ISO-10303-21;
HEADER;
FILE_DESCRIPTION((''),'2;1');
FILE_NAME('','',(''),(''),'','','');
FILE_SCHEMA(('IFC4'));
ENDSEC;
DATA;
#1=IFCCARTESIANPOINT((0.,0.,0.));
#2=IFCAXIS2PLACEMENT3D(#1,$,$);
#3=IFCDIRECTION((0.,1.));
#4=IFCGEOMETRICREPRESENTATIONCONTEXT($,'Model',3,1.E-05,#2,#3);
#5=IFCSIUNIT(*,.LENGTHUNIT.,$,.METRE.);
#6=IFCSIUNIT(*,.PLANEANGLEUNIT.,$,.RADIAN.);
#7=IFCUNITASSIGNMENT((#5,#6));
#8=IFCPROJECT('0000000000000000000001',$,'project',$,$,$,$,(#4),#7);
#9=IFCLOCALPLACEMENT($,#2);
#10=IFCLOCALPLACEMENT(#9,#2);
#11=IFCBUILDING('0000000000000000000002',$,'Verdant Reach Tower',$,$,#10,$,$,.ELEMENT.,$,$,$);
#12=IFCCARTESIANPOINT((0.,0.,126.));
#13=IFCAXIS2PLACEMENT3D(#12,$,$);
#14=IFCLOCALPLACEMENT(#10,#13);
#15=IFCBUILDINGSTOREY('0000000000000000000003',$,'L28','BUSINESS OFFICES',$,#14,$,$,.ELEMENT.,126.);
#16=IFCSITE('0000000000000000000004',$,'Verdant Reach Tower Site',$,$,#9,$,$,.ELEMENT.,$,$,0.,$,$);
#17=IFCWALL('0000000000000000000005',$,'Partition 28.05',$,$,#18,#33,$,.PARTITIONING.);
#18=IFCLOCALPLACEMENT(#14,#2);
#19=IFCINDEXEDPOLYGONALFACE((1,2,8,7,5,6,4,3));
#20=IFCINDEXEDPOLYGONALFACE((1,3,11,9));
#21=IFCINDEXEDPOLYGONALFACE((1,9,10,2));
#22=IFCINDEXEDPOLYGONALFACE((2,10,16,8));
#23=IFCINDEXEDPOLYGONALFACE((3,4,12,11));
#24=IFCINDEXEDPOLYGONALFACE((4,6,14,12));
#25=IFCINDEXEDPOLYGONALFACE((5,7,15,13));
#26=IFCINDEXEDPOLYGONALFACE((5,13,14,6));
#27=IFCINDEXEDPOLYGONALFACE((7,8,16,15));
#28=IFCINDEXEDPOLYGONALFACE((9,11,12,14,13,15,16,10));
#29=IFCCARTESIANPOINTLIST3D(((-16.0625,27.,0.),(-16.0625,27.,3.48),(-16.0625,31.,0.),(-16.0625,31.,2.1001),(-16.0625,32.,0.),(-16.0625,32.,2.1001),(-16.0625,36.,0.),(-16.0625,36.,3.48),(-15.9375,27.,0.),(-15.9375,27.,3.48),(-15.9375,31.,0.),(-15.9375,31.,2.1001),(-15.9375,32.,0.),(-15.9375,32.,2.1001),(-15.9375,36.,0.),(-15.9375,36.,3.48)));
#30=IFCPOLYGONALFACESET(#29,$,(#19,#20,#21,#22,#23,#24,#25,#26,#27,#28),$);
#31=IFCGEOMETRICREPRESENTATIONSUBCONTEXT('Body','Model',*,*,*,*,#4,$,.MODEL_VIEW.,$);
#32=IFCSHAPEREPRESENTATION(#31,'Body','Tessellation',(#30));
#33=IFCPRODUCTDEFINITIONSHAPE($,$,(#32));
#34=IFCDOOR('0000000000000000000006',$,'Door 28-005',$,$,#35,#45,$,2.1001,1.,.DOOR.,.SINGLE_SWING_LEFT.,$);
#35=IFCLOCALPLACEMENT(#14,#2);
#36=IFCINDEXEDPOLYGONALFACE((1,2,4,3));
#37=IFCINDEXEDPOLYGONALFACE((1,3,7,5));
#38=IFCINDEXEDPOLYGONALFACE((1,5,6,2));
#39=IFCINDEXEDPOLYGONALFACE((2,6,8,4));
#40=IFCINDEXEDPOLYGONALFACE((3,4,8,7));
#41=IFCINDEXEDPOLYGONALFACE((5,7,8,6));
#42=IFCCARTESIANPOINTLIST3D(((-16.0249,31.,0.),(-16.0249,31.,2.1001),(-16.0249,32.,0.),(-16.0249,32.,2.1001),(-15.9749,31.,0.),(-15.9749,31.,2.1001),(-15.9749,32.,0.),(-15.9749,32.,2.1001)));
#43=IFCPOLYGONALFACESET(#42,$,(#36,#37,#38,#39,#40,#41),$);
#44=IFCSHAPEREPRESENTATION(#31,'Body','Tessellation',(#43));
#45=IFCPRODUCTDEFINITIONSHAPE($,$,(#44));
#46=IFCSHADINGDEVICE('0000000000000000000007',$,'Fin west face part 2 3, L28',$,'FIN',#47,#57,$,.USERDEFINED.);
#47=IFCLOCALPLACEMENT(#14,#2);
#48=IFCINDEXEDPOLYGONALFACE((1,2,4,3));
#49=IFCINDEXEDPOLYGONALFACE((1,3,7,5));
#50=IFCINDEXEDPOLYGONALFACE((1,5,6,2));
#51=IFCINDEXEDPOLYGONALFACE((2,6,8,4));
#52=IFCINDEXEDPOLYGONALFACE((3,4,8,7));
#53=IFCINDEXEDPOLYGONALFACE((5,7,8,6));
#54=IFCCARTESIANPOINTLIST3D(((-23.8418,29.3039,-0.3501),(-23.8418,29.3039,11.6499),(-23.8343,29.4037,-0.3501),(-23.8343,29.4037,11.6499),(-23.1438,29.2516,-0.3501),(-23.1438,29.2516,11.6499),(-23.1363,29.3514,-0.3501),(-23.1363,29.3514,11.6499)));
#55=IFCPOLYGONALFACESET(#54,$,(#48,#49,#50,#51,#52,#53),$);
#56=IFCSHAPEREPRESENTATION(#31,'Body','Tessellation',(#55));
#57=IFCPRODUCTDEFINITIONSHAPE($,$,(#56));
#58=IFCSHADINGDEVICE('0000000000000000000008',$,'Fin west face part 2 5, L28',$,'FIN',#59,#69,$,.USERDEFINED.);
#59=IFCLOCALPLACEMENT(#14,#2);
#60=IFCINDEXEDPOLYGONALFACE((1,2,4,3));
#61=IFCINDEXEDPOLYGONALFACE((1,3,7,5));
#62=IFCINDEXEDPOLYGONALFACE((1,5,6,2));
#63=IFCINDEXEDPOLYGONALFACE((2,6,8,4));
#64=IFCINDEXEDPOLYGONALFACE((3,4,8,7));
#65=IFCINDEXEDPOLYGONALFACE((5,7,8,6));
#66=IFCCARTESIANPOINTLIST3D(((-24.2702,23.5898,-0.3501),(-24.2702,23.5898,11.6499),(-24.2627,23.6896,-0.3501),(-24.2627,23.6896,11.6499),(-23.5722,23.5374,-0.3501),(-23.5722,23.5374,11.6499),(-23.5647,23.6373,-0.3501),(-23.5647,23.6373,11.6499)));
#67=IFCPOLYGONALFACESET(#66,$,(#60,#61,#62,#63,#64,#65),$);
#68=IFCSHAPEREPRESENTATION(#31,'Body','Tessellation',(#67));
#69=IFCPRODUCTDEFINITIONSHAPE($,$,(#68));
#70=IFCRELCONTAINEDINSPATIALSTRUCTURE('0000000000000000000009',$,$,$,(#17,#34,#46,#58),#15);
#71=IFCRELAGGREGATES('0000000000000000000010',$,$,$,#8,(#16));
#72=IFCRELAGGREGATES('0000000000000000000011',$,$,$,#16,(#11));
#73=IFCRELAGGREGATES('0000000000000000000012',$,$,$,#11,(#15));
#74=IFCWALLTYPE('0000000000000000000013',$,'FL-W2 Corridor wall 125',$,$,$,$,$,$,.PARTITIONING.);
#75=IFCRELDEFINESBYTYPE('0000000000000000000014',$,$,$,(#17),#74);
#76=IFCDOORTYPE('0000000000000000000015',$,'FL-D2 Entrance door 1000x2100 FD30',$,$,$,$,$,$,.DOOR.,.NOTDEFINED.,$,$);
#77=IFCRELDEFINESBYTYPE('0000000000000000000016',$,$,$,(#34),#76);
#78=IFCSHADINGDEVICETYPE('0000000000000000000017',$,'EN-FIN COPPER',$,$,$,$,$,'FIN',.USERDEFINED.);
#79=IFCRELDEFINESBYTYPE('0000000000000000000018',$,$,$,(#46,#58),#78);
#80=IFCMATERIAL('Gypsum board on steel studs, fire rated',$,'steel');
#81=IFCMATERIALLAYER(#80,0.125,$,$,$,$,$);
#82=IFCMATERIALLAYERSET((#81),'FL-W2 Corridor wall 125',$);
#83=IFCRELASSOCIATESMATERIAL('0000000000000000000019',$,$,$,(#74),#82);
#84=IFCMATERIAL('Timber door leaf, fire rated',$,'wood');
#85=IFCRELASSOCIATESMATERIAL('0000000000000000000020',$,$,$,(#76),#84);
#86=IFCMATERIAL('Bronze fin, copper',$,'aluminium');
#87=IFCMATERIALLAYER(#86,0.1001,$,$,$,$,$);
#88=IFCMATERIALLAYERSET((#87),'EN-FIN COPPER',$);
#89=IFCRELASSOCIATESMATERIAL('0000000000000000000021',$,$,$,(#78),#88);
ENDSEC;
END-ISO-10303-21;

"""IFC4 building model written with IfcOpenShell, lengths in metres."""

from ifc_helpers import new_model, si_unit, direction, frame, frame_2d, origin, origin_2d, place, context, subcontext, project, spatial, rectangle, extrude, material, layer, layer_set, type_object, element, fill, save


model = new_model("IFC4")

# Units and contexts
model_context = context("Model", 3, precision=1e-05, world=origin(), true_north=direction((0.0, 1.0)))
body_context = subcontext(model_context, "Body", "Model", "MODEL_VIEW")
ifc_project = project(units=[si_unit("LENGTHUNIT", "METRE"), si_unit("PLANEANGLEUNIT", "RADIAN")], contexts=[model_context])

# Site, building, storey
site_placement = place(None, origin())
site = spatial("IfcSite", under=ifc_project, at=site_placement, Name="Verdant Reach Tower Site", CompositionType="ELEMENT", RefElevation=0.0)
building_placement = place(site_placement, origin())
building = spatial("IfcBuilding", under=site, at=building_placement, Name="Verdant Reach Tower", CompositionType="ELEMENT")
storey_placement = place(building_placement, frame((0.0, 0.0, 126.0)))
storey = spatial("IfcBuildingStorey", under=building, at=storey_placement, Name="L28", Description="BUSINESS OFFICES", CompositionType="ELEMENT", Elevation=126.0)

# Wall, opening, door
ifc_material_1 = material(Name="Gypsum board on steel studs, fire rated", Category="steel")
ifc_layer_1 = layer(ifc_material_1, 0.125)
ifc_layer_set_1 = layer_set([ifc_layer_1], Name="FL-W2 Corridor wall 125")
wall_type_1 = type_object("IfcWallType", Name="FL-W2 Corridor wall 125", PredefinedType="PARTITIONING", material=ifc_layer_set_1)
wall_1_placement = place(storey_placement, frame((-16.0, 27.0, 0.0), z_axis=(0.0, 0.0, 1.0), x_axis=(0.0, 1.0, 0.0)))
wall_1 = element("IfcWall", 1, at=wall_1_placement, inside=storey, type_object=wall_type_1, Name="Partition 28.05", PredefinedType="PARTITIONING", context=body_context, shape_type="SweptSolid", body=[
    extrude(rectangle(XDim=9.0, YDim=0.125, at=frame_2d((4.5, 0.0))), origin(), (0.0, 0.0, 1.0), 3.48),
])
opening_1_placement = place(wall_1_placement, frame((4.0, 0.0, 0.0)))
opening_1 = element("IfcOpeningElement", 2, at=opening_1_placement, cuts=wall_1, PredefinedType="OPENING", context=body_context, shape_type="SweptSolid", body=[
    extrude(rectangle(XDim=1.0, YDim=2.1001, at=frame_2d((0.5, 1.05))), frame((0.0, 0.0725, 0.0), z_axis=(0.0, -1.0, 0.0), x_axis=(1.0, 0.0, 0.0)), (0.0, 0.0, 1.0), 0.145),
])
ifc_material_2 = material(Name="Timber door leaf, fire rated", Category="wood")
door_type_1 = type_object("IfcDoorType", Name="FL-D2 Entrance door 1000x2100 FD30", OperationType="NOTDEFINED", PredefinedType="DOOR", material=ifc_material_2)
door_1_placement = place(opening_1_placement, origin())
door_1 = element("IfcDoor", 3, at=door_1_placement, inside=storey, type_object=door_type_1, Name="Door 28-005", OperationType="SINGLE_SWING_LEFT", OverallHeight=2.1001, OverallWidth=1.0, PredefinedType="DOOR", context=body_context, shape_type="SweptSolid", body=[
    extrude(rectangle(XDim=1.0, YDim=2.1001, at=frame_2d((0.5, 1.05))), frame((0.0, 0.0249, 0.0), z_axis=(0.0, -1.0, 0.0), x_axis=(1.0, 0.0, 0.0)), (0.0, 0.0, 1.0), 0.05),
])
fill(opening_1, door_1)

# Shading devices
ifc_material_3 = material(Name="Bronze fin, copper", Category="aluminium")
ifc_layer_2 = layer(ifc_material_3, 0.1001)
ifc_layer_set_2 = layer_set([ifc_layer_2], Name="EN-FIN COPPER")
shading_device_type = type_object("IfcShadingDeviceType", Name="EN-FIN COPPER", ElementType="FIN", PredefinedType="USERDEFINED", material=ifc_layer_set_2)
for number, where, z_axis, x_axis, name in (
    (4, (-23.489, 29.3276, -0.3501), (0.0, 0.0, 1.0), (-0.07479, -0.997199, 0.0), "Fin west face part 2 3, L28"),
    (5, (-23.9175, 23.6135, -0.3501), (0.0, 0.0, 1.0), (-0.07479, -0.997199, 0.0), "Fin west face part 2 5, L28"),
):
    element("IfcShadingDevice", number, at=place(storey_placement, frame(where, z_axis=z_axis, x_axis=x_axis)), inside=storey, type_object=shading_device_type, Name=name, ObjectType="FIN", PredefinedType="USERDEFINED", context=body_context, shape_type="SweptSolid", body=[
        extrude(rectangle(XDim=0.1001, YDim=0.7, at=origin_2d()), origin(), (0.0, 0.0, 1.0), 12.0),
    ])

save(model, "model.ifc")
